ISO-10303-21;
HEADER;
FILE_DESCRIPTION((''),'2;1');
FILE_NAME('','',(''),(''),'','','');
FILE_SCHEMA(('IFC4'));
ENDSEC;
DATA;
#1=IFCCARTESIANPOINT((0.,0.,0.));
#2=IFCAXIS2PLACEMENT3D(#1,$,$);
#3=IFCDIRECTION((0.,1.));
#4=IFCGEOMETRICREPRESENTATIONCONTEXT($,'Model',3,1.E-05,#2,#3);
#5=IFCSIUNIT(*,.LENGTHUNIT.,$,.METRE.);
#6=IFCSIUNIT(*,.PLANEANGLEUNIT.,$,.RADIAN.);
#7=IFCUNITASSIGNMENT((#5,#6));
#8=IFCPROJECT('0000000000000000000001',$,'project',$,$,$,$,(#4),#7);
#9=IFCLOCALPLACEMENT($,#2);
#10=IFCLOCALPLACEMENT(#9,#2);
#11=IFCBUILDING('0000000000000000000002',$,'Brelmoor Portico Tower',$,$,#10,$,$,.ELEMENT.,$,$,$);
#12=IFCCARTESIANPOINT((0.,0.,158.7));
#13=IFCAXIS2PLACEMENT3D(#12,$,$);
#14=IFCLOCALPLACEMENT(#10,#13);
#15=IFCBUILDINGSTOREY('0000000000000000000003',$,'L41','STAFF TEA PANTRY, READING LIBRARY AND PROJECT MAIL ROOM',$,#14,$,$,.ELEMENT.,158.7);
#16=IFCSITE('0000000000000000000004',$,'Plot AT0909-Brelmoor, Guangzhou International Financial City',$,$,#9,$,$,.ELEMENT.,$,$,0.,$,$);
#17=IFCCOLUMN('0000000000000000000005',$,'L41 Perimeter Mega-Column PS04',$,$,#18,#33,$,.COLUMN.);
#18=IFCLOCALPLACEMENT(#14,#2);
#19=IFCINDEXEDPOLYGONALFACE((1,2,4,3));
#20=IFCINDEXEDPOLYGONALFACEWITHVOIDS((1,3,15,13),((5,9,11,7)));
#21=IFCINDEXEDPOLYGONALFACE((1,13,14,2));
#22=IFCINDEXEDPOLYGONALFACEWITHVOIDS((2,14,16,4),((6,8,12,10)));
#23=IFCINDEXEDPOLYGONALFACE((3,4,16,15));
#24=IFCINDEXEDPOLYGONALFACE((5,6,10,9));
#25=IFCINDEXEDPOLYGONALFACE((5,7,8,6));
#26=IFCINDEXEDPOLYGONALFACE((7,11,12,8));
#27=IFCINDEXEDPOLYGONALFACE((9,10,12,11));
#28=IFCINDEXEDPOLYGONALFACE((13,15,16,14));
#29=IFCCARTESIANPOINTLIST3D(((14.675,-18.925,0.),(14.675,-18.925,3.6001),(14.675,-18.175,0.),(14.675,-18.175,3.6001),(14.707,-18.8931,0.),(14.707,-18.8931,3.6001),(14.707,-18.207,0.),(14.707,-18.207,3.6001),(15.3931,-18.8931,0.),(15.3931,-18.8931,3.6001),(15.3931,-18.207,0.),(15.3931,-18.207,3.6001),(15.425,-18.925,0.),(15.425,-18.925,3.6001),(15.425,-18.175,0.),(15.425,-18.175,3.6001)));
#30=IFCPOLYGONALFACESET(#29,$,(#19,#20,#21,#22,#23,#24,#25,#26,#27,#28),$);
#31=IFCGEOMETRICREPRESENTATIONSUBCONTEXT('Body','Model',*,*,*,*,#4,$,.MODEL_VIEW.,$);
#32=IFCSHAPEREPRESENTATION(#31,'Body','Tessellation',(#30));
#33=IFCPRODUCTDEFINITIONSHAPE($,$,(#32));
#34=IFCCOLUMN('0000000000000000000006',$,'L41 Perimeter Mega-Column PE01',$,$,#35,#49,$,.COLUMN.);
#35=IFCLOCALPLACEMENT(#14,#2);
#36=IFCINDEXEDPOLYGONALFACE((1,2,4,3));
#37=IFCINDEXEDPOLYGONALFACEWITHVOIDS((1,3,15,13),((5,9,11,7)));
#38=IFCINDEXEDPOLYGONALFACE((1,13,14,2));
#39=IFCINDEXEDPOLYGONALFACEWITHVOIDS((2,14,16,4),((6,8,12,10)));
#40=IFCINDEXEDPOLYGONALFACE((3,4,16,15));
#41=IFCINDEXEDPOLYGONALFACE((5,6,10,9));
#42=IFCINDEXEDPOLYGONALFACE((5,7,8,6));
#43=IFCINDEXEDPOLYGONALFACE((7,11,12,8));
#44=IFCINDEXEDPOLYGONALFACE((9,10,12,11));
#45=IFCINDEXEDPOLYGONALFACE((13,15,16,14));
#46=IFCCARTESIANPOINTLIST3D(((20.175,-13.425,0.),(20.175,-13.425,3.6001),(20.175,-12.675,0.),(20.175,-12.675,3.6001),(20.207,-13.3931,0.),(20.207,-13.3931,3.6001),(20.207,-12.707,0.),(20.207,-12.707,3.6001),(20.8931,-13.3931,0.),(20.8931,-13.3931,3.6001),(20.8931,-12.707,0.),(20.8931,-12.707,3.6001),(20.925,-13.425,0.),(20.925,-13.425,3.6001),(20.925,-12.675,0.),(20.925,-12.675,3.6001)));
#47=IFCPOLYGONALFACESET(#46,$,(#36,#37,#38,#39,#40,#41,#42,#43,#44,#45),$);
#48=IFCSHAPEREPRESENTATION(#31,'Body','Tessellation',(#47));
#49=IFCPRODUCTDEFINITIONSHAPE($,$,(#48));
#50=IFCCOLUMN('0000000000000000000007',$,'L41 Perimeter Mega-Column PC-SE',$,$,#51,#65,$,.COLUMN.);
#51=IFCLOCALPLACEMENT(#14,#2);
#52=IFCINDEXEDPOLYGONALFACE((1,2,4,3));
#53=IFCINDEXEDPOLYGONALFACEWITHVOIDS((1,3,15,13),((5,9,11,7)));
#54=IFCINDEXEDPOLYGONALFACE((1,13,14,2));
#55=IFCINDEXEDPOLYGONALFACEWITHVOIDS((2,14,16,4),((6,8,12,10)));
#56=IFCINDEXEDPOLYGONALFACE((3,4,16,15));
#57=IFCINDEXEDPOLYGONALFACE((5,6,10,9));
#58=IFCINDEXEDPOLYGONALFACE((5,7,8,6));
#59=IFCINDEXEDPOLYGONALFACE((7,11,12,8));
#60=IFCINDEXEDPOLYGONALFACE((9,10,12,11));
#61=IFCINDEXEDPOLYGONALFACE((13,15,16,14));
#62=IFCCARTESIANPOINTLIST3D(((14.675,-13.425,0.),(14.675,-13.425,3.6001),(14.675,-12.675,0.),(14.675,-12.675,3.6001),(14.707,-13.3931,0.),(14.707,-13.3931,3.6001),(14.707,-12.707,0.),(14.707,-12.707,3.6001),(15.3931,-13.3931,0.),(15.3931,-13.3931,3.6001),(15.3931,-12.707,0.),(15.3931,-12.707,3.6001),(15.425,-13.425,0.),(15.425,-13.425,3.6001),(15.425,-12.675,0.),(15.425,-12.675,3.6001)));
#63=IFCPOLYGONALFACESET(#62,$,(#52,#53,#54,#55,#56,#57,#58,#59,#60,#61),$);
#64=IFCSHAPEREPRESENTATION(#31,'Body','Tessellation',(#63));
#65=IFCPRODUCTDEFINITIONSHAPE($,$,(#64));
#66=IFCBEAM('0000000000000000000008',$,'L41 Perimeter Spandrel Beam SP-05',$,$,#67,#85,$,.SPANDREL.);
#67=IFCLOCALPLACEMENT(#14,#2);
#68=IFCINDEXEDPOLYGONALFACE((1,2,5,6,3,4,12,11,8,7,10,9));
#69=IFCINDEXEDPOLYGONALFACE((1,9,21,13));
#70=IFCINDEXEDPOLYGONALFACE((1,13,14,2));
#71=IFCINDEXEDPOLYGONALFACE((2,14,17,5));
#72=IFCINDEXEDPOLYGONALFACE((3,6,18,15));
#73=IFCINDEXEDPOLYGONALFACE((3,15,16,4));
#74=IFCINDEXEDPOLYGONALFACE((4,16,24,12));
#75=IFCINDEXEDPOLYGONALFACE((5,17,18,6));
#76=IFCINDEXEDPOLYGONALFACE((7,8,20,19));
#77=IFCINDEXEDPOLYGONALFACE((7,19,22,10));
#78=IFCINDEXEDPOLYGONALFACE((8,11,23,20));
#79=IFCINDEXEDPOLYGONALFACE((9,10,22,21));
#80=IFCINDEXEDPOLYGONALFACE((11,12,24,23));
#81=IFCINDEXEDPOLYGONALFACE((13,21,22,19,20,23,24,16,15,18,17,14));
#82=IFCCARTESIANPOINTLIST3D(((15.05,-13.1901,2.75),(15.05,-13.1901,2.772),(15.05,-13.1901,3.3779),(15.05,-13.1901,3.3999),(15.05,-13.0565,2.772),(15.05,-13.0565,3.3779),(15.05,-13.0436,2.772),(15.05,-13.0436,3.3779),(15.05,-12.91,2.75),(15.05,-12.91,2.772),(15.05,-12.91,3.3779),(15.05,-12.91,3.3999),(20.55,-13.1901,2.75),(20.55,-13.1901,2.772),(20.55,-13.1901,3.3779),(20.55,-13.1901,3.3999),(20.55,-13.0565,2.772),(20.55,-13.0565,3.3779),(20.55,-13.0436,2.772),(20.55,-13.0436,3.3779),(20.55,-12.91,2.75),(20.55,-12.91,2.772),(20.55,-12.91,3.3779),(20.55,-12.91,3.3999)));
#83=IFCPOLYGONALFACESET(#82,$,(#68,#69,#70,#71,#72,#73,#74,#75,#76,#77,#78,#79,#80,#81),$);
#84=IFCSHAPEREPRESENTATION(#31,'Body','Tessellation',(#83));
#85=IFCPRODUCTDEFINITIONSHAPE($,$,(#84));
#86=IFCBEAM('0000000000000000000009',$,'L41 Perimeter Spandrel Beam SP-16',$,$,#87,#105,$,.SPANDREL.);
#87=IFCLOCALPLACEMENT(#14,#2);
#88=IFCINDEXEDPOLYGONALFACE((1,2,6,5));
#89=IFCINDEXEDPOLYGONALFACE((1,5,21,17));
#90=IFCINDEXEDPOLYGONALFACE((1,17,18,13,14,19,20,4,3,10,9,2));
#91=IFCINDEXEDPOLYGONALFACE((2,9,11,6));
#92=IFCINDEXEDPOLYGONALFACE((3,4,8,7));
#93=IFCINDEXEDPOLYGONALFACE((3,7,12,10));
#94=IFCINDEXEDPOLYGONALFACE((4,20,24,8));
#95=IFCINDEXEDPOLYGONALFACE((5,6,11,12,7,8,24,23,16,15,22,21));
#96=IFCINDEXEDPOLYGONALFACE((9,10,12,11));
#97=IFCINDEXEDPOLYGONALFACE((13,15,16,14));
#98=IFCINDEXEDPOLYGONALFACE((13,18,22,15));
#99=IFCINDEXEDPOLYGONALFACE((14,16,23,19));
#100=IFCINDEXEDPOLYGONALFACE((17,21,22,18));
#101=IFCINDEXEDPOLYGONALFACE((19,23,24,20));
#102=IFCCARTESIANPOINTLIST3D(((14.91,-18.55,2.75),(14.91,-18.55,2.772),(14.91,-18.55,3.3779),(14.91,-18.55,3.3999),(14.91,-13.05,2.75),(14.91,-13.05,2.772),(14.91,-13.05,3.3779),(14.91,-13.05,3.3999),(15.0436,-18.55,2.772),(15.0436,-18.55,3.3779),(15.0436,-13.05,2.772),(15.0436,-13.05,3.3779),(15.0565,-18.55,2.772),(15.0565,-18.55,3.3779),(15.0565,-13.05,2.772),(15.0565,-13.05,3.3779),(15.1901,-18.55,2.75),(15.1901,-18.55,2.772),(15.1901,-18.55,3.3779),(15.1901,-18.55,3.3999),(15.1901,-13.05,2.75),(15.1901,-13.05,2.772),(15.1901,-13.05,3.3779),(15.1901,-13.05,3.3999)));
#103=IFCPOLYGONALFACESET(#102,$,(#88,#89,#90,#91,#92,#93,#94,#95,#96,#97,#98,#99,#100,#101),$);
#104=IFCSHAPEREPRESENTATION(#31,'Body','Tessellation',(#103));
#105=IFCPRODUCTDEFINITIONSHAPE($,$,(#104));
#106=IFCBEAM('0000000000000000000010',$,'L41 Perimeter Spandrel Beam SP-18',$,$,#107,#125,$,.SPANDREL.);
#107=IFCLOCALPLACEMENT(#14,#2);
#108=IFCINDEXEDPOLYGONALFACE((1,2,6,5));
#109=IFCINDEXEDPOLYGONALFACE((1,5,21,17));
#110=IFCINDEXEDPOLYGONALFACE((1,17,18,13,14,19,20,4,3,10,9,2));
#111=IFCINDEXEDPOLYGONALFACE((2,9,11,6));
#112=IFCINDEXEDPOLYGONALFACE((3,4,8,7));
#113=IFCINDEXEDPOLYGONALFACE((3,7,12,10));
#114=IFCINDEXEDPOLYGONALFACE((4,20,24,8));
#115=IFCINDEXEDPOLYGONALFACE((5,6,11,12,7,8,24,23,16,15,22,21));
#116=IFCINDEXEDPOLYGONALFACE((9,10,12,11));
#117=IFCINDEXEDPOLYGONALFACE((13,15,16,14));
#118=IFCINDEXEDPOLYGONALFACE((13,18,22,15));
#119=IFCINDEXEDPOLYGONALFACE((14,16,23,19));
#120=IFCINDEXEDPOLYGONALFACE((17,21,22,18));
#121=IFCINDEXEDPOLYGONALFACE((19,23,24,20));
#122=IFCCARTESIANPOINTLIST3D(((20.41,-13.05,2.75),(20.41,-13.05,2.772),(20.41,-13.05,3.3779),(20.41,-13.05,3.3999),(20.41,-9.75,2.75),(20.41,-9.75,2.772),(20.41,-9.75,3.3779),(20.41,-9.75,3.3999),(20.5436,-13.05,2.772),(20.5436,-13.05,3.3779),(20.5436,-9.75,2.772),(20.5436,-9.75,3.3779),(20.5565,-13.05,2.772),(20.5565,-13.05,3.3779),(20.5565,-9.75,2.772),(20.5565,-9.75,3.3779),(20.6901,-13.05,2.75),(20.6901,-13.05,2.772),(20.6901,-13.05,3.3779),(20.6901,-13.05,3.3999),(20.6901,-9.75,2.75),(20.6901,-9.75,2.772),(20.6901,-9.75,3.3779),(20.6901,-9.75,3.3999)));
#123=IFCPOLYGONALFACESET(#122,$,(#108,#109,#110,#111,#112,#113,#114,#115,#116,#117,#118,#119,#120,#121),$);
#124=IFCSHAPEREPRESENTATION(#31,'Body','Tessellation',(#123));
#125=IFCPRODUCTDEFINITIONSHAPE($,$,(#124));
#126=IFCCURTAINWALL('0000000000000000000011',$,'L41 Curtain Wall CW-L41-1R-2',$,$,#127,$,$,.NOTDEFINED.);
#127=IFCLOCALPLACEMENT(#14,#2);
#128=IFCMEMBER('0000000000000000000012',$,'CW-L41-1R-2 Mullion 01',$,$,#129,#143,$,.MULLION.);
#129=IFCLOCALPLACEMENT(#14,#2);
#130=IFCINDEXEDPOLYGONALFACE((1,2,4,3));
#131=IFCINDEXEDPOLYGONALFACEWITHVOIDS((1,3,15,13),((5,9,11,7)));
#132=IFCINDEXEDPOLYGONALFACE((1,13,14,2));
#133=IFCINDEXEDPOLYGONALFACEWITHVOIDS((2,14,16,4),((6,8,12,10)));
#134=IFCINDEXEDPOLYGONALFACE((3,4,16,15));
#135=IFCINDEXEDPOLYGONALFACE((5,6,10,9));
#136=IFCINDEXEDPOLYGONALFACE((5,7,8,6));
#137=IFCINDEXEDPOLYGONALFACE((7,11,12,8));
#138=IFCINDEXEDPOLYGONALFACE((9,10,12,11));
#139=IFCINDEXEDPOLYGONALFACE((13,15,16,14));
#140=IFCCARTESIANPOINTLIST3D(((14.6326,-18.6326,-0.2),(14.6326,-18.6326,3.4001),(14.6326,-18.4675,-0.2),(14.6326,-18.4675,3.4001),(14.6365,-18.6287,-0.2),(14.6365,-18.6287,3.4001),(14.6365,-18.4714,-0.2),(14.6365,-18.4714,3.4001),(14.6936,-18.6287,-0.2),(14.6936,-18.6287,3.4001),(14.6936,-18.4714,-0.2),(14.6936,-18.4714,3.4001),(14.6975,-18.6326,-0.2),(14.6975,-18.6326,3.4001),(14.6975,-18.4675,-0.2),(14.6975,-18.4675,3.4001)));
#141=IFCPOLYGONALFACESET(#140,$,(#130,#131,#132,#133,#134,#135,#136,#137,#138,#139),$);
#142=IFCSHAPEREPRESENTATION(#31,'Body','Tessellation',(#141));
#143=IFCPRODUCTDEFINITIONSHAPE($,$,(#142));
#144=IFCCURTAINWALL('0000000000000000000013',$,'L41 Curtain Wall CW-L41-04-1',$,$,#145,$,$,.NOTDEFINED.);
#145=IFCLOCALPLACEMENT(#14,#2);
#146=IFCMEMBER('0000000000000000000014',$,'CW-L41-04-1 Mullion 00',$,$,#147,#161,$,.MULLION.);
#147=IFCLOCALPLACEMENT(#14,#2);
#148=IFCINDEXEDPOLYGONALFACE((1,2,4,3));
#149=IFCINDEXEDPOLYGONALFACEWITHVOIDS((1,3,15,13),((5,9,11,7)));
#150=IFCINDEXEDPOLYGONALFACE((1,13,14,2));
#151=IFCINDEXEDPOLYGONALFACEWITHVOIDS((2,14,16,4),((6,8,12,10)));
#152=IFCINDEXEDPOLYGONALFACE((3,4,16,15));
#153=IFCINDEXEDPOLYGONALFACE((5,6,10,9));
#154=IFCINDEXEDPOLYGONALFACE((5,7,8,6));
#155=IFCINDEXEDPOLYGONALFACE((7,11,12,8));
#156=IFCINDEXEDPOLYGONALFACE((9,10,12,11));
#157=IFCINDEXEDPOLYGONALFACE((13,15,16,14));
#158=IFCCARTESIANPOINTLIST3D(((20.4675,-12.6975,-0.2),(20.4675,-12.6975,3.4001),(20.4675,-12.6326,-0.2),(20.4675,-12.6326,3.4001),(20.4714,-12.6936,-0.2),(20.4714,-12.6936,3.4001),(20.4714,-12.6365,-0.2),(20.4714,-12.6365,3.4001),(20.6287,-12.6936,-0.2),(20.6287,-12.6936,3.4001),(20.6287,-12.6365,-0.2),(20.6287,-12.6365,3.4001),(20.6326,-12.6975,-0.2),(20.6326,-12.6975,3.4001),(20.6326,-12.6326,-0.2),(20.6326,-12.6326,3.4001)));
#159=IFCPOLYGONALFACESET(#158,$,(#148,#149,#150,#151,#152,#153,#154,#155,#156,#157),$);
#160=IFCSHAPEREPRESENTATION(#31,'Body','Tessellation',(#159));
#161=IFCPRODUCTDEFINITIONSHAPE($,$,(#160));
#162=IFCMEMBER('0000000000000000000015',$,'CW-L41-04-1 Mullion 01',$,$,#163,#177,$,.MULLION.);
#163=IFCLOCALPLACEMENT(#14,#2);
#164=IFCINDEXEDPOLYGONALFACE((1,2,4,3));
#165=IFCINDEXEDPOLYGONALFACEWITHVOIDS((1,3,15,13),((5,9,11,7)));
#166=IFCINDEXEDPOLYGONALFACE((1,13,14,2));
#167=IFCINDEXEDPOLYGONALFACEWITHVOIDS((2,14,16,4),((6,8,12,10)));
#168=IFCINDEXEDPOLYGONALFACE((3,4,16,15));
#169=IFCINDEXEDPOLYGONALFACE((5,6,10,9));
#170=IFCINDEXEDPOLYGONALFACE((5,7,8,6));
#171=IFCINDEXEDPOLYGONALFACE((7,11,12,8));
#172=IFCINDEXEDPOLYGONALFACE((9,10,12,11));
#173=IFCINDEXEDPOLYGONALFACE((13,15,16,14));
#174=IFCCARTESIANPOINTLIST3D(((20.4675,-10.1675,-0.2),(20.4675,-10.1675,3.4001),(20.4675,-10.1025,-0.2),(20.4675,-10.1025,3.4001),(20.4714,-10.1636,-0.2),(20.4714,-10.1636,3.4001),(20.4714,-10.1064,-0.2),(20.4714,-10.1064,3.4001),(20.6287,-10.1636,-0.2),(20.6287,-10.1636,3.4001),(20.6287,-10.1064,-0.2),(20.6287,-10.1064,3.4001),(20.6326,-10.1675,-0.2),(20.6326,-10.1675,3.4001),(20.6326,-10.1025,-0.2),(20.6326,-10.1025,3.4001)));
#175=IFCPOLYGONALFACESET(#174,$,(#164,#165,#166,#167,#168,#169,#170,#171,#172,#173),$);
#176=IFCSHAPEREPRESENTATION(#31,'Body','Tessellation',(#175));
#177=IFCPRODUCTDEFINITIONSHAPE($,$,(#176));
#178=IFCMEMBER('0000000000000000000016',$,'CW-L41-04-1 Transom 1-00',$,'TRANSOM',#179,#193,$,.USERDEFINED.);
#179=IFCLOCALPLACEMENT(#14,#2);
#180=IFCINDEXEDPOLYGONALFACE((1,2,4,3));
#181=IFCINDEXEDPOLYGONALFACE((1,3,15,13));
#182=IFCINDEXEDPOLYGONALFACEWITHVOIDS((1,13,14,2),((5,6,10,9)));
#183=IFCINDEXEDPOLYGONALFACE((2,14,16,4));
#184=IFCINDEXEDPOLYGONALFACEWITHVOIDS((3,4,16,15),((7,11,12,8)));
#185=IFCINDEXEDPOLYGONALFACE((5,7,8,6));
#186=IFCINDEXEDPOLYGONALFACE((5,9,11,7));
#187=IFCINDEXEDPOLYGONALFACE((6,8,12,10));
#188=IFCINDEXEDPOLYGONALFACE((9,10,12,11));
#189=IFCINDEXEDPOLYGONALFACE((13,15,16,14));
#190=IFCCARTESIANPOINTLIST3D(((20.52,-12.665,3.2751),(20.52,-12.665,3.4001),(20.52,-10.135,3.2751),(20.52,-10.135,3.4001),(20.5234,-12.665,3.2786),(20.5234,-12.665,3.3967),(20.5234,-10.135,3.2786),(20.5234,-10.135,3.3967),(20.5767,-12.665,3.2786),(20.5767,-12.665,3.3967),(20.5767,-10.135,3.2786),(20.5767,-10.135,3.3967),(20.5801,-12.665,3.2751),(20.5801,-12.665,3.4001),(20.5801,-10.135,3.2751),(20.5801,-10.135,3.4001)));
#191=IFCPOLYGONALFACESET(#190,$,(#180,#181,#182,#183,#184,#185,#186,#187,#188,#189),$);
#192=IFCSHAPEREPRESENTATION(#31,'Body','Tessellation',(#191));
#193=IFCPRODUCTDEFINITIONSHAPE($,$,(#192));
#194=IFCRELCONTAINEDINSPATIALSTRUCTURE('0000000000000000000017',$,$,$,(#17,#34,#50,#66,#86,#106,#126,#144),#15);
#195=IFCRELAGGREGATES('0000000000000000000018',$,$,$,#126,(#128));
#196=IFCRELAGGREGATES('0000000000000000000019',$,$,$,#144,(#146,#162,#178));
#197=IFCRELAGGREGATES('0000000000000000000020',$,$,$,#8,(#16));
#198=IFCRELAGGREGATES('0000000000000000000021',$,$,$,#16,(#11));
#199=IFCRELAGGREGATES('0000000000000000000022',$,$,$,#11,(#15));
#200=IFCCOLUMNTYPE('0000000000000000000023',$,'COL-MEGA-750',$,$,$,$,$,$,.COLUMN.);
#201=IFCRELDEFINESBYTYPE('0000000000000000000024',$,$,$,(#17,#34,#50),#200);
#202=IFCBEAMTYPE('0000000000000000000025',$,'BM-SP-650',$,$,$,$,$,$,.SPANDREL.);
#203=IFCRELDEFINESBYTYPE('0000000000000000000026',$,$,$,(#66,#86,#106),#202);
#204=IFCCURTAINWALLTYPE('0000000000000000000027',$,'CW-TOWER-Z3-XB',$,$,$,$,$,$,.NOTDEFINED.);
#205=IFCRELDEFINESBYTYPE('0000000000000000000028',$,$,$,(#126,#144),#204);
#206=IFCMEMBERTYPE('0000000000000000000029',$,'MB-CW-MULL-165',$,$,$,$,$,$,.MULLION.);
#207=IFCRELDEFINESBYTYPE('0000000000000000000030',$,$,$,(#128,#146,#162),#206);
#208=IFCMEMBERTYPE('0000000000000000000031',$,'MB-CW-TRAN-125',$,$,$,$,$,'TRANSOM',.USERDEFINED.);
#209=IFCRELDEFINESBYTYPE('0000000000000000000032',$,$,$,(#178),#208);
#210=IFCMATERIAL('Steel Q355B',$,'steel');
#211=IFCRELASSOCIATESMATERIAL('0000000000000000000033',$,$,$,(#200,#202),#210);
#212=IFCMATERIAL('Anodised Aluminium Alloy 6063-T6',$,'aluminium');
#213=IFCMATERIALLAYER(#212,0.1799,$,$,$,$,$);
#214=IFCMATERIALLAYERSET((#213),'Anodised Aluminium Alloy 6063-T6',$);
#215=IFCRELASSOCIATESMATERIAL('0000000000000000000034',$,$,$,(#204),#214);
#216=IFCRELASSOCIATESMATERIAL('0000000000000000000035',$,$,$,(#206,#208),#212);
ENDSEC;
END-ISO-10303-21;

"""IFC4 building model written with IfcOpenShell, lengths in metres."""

from ifc_helpers import new_model, si_unit, direction, frame, origin, origin_2d, place, context, subcontext, project, spatial, hollow_rectangle, i_section, extrude, material, layer, layer_set, material_profile, profile_set, type_object, element, aggregate, save


model = new_model("IFC4")

# Units and contexts
model_context = context("Model", 3, precision=1e-05, world=origin(), true_north=direction((0.0, 1.0)))
body_context = subcontext(model_context, "Body", "Model", "MODEL_VIEW")
ifc_project = project(units=[si_unit("LENGTHUNIT", "METRE"), si_unit("PLANEANGLEUNIT", "RADIAN")], contexts=[model_context])

# Site, building, storey
site_placement = place(None, origin())
site = spatial("IfcSite", under=ifc_project, at=site_placement, Name="Plot AT0909-Brelmoor, Guangzhou International Financial City", CompositionType="ELEMENT", RefElevation=0.0)
building_placement = place(site_placement, origin())
building = spatial("IfcBuilding", under=site, at=building_placement, Name="Brelmoor Portico Tower", CompositionType="ELEMENT")
storey_placement = place(building_placement, frame((0.0, 0.0, 158.7)))
storey = spatial("IfcBuildingStorey", under=building, at=storey_placement, Name="L41", Description="STAFF TEA PANTRY, READING LIBRARY AND PROJECT MAIL ROOM", CompositionType="ELEMENT", Elevation=158.7)

# Columns
ifc_material_1 = material(Name="Steel Q355B", Category="steel")
ifc_material_profile_1 = material_profile(ifc_material_1, hollow_rectangle(XDim=0.75, YDim=0.75, WallThickness=0.032, at=origin_2d()), Name="BOX 750x750x32")
ifc_profile_set_1 = profile_set([ifc_material_profile_1], Name="Steel Q355B")
column_type = type_object("IfcColumnType", Name="COL-MEGA-750", PredefinedType="COLUMN", material=ifc_profile_set_1)
for number, where, z_axis, x_axis, name in (
    (1, (15.05, -18.55, 0.0), (0.0, 0.0, 1.0), (1.0, 0.0, 0.0), "L41 Perimeter Mega-Column PS04"),
    (2, (20.55, -13.05, 0.0), (0.0, 0.0, 1.0), (0.0, 1.0, 0.0), "L41 Perimeter Mega-Column PE01"),
    (3, (15.05, -13.05, 0.0), (0.0, 0.0, 1.0), (1.0, 0.0, 0.0), "L41 Perimeter Mega-Column PC-SE"),
):
    element("IfcColumn", number, at=place(storey_placement, frame(where, z_axis=z_axis, x_axis=x_axis)), inside=storey, type_object=column_type, Name=name, PredefinedType="COLUMN", context=body_context, shape_type="SweptSolid", body=[
        extrude(hollow_rectangle(XDim=0.75, YDim=0.75, WallThickness=0.032, at=origin_2d()), origin(), (0.0, 0.0, 1.0), 3.6001),
    ])

# Beams
ifc_material_profile_2 = material_profile(ifc_material_1, i_section(OverallWidth=0.28, OverallDepth=0.6499, WebThickness=0.0129, FlangeThickness=0.022, at=origin_2d()), Name="HN 650x280x13x22")
ifc_profile_set_2 = profile_set([ifc_material_profile_2], Name="Steel Q355B")
beam_type = type_object("IfcBeamType", Name="BM-SP-650", PredefinedType="SPANDREL", material=ifc_profile_set_2)
for number, where, z_axis, x_axis, name in (
    (4, (15.05, -13.05, 3.075), (1.0, 0.0, 0.0), (0.0, 1.0, 0.0), "L41 Perimeter Spandrel Beam SP-05"),
    (5, (15.05, -18.55, 3.075), (0.0, 1.0, 0.0), (-1.0, 0.0, 0.0), "L41 Perimeter Spandrel Beam SP-16"),
):
    element("IfcBeam", number, at=place(storey_placement, frame(where, z_axis=z_axis, x_axis=x_axis)), inside=storey, type_object=beam_type, Name=name, PredefinedType="SPANDREL", context=body_context, shape_type="SweptSolid", body=[
        extrude(i_section(OverallWidth=0.28, OverallDepth=0.6499, WebThickness=0.0129, FlangeThickness=0.022, at=origin_2d()), origin(), (0.0, 0.0, 1.0), 5.5),
    ])
beam_placement = place(storey_placement, frame((20.55, -13.05, 3.075), z_axis=(0.0, 1.0, 0.0), x_axis=(-1.0, 0.0, 0.0)))
element("IfcBeam", 6, at=beam_placement, inside=storey, type_object=beam_type, Name="L41 Perimeter Spandrel Beam SP-18", PredefinedType="SPANDREL", context=body_context, shape_type="SweptSolid", body=[
    extrude(i_section(OverallWidth=0.28, OverallDepth=0.6499, WebThickness=0.0129, FlangeThickness=0.022, at=origin_2d()), origin(), (0.0, 0.0, 1.0), 3.3),
])

# Curtain wall, member
ifc_material_2 = material(Name="Anodised Aluminium Alloy 6063-T6", Category="aluminium")
ifc_layer_1 = layer(ifc_material_2, 0.1799)
ifc_layer_set_1 = layer_set([ifc_layer_1], Name="Anodised Aluminium Alloy 6063-T6")
curtain_wall_type = type_object("IfcCurtainWallType", Name="CW-TOWER-Z3-XB", PredefinedType="NOTDEFINED", material=ifc_layer_set_1)
curtain_wall_1_placement = place(storey_placement, origin())
curtain_wall_1 = element("IfcCurtainWall", 7, at=curtain_wall_1_placement, inside=storey, type_object=curtain_wall_type, Name="L41 Curtain Wall CW-L41-1R-2", PredefinedType="NOTDEFINED")
ifc_material_profile_3 = material_profile(ifc_material_2, hollow_rectangle(XDim=0.0649, YDim=0.165, WallThickness=0.0039, at=origin_2d()), Name="ALU MULLION 65x165")
ifc_profile_set_3 = profile_set([ifc_material_profile_3], Name="Anodised Aluminium Alloy 6063-T6")
member_type_1 = type_object("IfcMemberType", Name="MB-CW-MULL-165", PredefinedType="MULLION", material=ifc_profile_set_3)
member_1_placement = place(storey_placement, frame((14.665, -18.55, -0.2), z_axis=(0.0, 0.0, 1.0), x_axis=(1.0, 0.0, 0.0)))
member_1 = element("IfcMember", 8, at=member_1_placement, type_object=member_type_1, Name="CW-L41-1R-2 Mullion 01", PredefinedType="MULLION", context=body_context, shape_type="SweptSolid", body=[
    extrude(hollow_rectangle(XDim=0.0649, YDim=0.165, WallThickness=0.0039, at=origin_2d()), origin(), (0.0, 0.0, 1.0), 3.6001),
])

# Curtain wall, members
curtain_wall_2_placement = place(storey_placement, origin())
curtain_wall_2 = element("IfcCurtainWall", 9, at=curtain_wall_2_placement, inside=storey, type_object=curtain_wall_type, Name="L41 Curtain Wall CW-L41-04-1", PredefinedType="NOTDEFINED")
member_2_placement = place(storey_placement, frame((20.55, -12.665, -0.2), z_axis=(0.0, 0.0, 1.0), x_axis=(0.0, 1.0, 0.0)))
member_2 = element("IfcMember", 10, at=member_2_placement, type_object=member_type_1, Name="CW-L41-04-1 Mullion 00", PredefinedType="MULLION", context=body_context, shape_type="SweptSolid", body=[
    extrude(hollow_rectangle(XDim=0.0649, YDim=0.165, WallThickness=0.0039, at=origin_2d()), origin(), (0.0, 0.0, 1.0), 3.6001),
])
member_3_placement = place(storey_placement, frame((20.55, -10.135, -0.2), z_axis=(0.0, 0.0, 1.0), x_axis=(0.0, 1.0, 0.0)))
member_3 = element("IfcMember", 11, at=member_3_placement, type_object=member_type_1, Name="CW-L41-04-1 Mullion 01", PredefinedType="MULLION", context=body_context, shape_type="SweptSolid", body=[
    extrude(hollow_rectangle(XDim=0.0649, YDim=0.165, WallThickness=0.0039, at=origin_2d()), origin(), (0.0, 0.0, 1.0), 3.6001),
])
ifc_material_profile_4 = material_profile(ifc_material_2, hollow_rectangle(XDim=0.0601, YDim=0.125, WallThickness=0.0034, at=origin_2d()), Name="ALU TRANSOM 60x125")
ifc_profile_set_4 = profile_set([ifc_material_profile_4], Name="Anodised Aluminium Alloy 6063-T6")
member_type_2 = type_object("IfcMemberType", Name="MB-CW-TRAN-125", ElementType="TRANSOM", PredefinedType="USERDEFINED", material=ifc_profile_set_4)
member_4_placement = place(storey_placement, frame((20.55, -12.665, 3.3376), z_axis=(0.0, 1.0, 0.0), x_axis=(-1.0, 0.0, 0.0)))
member_4 = element("IfcMember", 12, at=member_4_placement, type_object=member_type_2, Name="CW-L41-04-1 Transom 1-00", ObjectType="TRANSOM", PredefinedType="USERDEFINED", context=body_context, shape_type="SweptSolid", body=[
    extrude(hollow_rectangle(XDim=0.0601, YDim=0.125, WallThickness=0.0034, at=origin_2d()), origin(), (0.0, 0.0, 1.0), 2.53),
])

aggregate(curtain_wall_1, [member_1])
aggregate(curtain_wall_2, [member_2, member_3, member_4])

save(model, "model.ifc")
